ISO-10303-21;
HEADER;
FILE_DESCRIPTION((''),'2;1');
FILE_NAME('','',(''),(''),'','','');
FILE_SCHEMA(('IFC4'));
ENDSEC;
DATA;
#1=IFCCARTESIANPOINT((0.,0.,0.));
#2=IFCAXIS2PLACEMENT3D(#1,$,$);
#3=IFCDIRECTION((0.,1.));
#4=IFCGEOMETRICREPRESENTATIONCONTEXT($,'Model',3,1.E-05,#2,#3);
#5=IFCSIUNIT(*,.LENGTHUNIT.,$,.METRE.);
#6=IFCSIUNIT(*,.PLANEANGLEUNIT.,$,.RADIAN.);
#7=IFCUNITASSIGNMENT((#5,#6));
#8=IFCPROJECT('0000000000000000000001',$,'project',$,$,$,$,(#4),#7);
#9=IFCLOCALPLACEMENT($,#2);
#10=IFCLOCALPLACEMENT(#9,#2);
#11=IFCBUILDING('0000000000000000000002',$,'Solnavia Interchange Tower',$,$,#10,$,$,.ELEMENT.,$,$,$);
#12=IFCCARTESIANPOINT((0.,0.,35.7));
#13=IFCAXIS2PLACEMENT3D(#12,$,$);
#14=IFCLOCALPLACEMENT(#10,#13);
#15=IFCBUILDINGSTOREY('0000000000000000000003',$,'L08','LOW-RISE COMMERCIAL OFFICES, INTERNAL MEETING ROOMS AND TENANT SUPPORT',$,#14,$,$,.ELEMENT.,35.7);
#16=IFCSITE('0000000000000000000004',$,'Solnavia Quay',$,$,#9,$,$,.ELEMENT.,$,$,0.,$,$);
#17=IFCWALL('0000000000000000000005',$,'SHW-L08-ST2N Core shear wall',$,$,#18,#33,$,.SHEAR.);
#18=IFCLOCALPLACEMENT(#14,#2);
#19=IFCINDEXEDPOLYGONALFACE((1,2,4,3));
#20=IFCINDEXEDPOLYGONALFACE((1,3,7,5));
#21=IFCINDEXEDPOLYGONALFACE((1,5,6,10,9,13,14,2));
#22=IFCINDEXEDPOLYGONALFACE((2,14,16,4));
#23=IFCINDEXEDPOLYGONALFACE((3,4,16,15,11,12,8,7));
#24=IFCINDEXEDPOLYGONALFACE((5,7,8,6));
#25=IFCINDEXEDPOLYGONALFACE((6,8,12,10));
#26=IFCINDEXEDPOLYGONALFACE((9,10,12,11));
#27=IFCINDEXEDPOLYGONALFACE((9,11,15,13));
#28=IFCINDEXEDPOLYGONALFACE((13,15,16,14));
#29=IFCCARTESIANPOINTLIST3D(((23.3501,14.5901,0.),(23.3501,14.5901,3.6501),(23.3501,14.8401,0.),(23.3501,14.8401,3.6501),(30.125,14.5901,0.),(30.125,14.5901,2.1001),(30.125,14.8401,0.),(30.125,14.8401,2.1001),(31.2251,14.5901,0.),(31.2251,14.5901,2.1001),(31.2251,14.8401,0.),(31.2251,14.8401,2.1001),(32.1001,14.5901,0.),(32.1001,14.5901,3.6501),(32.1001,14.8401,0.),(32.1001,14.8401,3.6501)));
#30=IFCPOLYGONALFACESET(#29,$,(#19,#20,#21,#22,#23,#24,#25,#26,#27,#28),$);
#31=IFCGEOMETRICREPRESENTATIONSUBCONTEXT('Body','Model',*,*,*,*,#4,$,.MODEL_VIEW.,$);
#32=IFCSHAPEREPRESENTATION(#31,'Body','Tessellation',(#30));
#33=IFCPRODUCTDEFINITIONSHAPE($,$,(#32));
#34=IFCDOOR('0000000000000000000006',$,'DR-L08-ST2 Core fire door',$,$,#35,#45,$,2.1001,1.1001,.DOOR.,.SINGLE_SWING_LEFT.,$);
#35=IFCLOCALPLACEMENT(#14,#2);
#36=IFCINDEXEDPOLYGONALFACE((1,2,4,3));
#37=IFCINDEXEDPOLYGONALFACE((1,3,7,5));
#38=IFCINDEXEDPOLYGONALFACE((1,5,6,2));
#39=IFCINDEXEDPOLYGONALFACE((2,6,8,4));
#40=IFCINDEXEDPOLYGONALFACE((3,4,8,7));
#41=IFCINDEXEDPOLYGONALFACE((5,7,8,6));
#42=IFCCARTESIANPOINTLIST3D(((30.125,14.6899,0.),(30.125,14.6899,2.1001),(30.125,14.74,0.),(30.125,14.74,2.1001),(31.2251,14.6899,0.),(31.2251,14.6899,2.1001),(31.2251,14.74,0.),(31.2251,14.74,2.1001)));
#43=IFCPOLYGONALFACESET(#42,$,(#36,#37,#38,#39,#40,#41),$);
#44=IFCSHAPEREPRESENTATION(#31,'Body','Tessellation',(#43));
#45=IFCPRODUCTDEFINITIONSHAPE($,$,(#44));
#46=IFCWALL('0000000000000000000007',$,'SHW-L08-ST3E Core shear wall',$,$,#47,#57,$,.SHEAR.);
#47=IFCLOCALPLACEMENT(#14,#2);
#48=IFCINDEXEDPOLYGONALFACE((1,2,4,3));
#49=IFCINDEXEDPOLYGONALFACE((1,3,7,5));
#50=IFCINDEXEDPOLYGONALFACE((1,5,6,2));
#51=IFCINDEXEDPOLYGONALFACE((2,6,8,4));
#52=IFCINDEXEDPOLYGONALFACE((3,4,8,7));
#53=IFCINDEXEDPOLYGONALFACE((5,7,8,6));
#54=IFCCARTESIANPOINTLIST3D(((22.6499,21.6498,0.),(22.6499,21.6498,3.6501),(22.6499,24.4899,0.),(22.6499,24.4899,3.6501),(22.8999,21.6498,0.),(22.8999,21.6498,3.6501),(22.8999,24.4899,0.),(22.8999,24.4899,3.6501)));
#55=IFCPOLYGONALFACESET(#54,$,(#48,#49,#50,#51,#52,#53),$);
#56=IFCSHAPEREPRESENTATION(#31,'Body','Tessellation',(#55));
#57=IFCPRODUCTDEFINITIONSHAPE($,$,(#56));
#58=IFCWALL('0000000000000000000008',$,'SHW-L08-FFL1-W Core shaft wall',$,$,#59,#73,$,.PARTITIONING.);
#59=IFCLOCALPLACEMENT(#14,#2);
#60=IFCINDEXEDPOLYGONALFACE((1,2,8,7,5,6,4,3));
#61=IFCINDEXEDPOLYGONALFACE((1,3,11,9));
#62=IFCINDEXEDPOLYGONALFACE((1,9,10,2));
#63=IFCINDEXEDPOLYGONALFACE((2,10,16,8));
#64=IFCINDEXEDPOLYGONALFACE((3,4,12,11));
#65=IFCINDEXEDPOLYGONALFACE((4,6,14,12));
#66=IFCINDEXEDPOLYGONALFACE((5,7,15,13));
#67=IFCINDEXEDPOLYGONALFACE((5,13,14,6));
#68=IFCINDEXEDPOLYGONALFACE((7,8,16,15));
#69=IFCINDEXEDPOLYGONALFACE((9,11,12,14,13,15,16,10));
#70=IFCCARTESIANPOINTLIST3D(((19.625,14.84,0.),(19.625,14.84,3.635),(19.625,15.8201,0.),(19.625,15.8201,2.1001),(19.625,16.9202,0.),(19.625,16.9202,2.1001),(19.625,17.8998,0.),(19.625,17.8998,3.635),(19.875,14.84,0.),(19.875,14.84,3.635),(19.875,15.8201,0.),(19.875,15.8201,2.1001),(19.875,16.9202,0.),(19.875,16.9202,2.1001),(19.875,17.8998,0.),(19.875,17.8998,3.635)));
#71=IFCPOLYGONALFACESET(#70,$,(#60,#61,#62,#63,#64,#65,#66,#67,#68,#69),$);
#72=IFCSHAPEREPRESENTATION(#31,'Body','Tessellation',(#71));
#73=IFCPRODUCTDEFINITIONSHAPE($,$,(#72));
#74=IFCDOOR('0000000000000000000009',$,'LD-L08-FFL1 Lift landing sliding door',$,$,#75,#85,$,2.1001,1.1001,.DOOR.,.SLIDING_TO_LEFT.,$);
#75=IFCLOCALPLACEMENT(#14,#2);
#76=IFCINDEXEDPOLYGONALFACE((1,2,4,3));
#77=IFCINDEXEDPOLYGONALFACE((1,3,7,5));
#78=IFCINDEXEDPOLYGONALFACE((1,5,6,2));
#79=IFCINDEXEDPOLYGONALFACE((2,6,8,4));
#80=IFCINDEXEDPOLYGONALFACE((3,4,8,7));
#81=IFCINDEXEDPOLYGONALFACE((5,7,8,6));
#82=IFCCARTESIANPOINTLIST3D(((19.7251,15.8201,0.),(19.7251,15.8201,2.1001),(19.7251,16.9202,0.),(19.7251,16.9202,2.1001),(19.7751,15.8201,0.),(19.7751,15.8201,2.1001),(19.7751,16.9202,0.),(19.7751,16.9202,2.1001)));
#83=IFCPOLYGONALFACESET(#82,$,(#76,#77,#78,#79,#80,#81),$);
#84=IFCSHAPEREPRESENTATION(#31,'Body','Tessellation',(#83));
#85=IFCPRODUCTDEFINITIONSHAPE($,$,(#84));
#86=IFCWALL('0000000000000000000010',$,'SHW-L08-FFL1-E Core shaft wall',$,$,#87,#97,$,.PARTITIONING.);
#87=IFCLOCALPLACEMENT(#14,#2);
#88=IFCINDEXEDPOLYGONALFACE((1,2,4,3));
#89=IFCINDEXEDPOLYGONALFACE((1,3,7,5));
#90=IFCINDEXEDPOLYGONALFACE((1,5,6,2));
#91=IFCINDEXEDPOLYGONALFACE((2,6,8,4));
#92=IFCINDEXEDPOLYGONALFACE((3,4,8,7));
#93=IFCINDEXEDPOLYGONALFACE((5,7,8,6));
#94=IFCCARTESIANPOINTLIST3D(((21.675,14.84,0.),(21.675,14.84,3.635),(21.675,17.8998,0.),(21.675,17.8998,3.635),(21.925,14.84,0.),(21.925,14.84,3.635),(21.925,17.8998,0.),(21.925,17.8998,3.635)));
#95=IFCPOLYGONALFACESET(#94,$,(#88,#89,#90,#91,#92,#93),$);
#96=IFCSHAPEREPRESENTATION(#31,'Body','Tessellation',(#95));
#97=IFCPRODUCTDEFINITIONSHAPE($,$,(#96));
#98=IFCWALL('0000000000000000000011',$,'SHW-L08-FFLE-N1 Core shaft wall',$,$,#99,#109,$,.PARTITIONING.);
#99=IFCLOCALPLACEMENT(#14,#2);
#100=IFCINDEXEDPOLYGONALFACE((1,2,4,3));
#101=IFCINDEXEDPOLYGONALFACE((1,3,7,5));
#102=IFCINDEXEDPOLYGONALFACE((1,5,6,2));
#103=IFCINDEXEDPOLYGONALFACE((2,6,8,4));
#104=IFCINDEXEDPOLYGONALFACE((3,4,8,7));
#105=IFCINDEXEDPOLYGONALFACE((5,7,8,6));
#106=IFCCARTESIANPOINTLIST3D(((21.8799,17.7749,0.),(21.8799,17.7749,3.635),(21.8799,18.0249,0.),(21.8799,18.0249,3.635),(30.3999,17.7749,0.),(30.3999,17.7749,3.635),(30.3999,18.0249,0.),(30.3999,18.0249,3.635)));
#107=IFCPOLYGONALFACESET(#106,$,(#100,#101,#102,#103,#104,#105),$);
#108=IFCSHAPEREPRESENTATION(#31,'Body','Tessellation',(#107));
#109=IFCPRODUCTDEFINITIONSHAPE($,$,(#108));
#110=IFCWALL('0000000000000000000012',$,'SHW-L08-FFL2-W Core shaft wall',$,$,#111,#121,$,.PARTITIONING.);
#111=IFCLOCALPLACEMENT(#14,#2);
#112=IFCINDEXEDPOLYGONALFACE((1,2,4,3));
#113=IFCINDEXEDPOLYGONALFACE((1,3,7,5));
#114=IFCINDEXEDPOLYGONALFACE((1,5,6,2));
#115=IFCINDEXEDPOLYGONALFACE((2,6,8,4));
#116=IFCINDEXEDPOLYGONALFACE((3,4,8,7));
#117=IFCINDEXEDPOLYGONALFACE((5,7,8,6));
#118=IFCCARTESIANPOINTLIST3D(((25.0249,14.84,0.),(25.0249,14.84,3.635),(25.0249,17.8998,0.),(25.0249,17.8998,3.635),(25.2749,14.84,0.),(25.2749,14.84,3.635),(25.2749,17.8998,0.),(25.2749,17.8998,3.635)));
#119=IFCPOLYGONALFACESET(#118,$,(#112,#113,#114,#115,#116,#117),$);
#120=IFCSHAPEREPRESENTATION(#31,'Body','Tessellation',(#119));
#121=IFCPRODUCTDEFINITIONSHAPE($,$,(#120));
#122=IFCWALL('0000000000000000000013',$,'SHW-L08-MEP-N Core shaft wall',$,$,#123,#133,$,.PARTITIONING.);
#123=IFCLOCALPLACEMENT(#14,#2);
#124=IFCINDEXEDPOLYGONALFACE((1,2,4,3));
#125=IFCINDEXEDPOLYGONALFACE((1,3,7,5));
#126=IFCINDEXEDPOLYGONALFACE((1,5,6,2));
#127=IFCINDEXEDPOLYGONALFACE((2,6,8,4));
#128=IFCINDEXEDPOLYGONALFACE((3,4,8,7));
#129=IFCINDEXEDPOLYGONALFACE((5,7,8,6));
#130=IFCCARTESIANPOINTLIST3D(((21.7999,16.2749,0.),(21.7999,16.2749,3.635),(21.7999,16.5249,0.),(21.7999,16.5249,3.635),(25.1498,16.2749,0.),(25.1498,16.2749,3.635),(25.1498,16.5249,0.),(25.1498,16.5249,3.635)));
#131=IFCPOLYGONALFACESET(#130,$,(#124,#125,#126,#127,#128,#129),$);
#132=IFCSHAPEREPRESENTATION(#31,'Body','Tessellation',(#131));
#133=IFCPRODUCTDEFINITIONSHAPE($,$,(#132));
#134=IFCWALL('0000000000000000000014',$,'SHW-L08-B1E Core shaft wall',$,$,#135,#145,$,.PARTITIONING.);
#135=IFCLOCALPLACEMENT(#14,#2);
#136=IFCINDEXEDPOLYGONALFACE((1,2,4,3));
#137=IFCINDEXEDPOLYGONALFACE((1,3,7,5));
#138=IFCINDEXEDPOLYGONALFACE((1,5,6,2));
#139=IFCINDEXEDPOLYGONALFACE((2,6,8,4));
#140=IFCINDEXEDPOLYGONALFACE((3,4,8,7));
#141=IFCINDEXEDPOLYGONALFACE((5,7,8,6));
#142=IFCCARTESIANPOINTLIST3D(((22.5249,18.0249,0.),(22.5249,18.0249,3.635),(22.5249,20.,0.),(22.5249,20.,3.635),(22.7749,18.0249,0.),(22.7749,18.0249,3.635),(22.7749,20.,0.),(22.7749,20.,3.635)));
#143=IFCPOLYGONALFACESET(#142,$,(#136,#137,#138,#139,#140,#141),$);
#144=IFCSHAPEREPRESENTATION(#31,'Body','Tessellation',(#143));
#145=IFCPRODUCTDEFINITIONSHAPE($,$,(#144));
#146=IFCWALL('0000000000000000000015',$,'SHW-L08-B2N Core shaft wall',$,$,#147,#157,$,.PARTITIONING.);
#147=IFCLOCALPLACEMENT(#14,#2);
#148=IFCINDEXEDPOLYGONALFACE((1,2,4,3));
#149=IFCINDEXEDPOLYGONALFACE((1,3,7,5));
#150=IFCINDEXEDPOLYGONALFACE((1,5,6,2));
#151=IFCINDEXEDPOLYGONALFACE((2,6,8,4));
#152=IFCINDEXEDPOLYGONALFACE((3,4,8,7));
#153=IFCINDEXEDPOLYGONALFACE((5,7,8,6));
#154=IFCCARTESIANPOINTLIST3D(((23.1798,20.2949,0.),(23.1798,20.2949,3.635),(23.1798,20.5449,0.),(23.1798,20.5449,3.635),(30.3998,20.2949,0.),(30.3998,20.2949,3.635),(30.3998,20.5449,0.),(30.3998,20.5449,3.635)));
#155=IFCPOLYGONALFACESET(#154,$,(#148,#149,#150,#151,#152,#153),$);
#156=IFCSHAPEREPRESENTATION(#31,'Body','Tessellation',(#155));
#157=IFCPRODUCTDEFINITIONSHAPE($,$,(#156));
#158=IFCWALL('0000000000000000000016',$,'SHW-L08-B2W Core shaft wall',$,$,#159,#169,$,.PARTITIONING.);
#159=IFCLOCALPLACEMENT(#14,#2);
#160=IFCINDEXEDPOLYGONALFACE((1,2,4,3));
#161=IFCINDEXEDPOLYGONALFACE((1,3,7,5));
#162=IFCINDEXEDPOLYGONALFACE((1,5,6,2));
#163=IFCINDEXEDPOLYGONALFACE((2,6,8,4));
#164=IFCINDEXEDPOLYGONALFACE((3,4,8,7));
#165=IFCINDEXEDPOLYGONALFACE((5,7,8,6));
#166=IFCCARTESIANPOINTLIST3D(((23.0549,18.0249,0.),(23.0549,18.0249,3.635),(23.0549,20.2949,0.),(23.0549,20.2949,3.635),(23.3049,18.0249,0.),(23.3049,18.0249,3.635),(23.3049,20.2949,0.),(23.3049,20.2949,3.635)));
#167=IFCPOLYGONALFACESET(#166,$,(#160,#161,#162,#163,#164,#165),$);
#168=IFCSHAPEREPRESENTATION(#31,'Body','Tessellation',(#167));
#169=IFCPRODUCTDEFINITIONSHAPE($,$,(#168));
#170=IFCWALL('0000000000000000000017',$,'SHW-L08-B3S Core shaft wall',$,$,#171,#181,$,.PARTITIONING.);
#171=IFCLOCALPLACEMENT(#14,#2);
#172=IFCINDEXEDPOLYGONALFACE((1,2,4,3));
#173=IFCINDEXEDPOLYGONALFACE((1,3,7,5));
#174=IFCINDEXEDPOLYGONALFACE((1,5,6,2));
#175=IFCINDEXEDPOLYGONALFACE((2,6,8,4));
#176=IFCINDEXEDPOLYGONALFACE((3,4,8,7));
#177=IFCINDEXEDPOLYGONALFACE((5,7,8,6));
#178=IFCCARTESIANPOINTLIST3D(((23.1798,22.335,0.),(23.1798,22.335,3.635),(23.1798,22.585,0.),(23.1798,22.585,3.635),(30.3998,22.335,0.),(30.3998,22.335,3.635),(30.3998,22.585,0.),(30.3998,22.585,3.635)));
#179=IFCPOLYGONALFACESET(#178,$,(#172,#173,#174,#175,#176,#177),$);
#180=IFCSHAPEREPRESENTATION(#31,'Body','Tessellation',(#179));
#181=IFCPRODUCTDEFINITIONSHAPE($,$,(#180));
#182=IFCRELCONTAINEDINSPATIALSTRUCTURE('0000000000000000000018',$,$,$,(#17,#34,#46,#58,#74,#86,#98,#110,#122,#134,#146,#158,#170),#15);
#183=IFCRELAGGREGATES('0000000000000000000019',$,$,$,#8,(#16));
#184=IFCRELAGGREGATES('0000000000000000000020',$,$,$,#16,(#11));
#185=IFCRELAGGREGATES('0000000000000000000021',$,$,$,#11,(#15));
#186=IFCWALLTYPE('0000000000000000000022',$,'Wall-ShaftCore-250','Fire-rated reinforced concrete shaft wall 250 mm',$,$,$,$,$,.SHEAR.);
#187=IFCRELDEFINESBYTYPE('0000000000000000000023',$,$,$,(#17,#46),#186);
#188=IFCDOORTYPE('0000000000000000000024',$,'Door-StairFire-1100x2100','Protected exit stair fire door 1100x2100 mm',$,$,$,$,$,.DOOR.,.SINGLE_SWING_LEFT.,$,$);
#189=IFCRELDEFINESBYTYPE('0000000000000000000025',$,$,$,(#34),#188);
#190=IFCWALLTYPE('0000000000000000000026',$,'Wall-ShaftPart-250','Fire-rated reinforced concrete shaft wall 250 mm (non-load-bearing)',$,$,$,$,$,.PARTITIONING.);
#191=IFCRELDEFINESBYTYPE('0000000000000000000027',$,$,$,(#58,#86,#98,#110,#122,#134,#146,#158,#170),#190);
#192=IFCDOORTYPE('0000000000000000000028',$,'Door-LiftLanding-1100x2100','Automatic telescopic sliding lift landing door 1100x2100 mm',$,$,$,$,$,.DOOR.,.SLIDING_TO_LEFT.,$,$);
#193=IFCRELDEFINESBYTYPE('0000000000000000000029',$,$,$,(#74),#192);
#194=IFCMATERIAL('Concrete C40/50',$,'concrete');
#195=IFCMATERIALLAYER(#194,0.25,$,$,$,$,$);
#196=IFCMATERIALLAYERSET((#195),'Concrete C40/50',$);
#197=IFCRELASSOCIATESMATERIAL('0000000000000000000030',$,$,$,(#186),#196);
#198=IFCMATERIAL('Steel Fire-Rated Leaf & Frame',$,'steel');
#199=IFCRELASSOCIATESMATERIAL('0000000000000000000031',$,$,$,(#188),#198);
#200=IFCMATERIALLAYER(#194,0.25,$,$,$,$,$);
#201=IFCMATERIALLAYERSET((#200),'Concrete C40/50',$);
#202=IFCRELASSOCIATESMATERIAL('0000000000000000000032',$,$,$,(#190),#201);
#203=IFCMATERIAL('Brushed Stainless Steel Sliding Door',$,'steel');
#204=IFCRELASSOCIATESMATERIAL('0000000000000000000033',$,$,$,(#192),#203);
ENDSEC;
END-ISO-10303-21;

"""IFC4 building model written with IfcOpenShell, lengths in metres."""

from ifc_helpers import new_model, si_unit, direction, frame, frame_2d, origin, place, context, subcontext, project, spatial, rectangle, extrude, material, layer, layer_set, type_object, element, fill, save


model = new_model("IFC4")

# Units and contexts
model_context = context("Model", 3, precision=1e-05, world=origin(), true_north=direction((0.0, 1.0)))
body_context = subcontext(model_context, "Body", "Model", "MODEL_VIEW")
ifc_project = project(units=[si_unit("LENGTHUNIT", "METRE"), si_unit("PLANEANGLEUNIT", "RADIAN")], contexts=[model_context])

# Site, building, storey
site_placement = place(None, origin())
site = spatial("IfcSite", under=ifc_project, at=site_placement, Name="Solnavia Quay", CompositionType="ELEMENT", RefElevation=0.0)
building_placement = place(site_placement, origin())
building = spatial("IfcBuilding", under=site, at=building_placement, Name="Solnavia Interchange Tower", CompositionType="ELEMENT")
storey_placement = place(building_placement, frame((0.0, 0.0, 35.7)))
storey = spatial("IfcBuildingStorey", under=building, at=storey_placement, Name="L08", Description="LOW-RISE COMMERCIAL OFFICES, INTERNAL MEETING ROOMS AND TENANT SUPPORT", CompositionType="ELEMENT", Elevation=35.7)

# Wall, opening, door
ifc_material_1 = material(Name="Concrete C40/50", Category="concrete")
ifc_layer_1 = layer(ifc_material_1, 0.25)
ifc_layer_set_1 = layer_set([ifc_layer_1], Name="Concrete C40/50")
wall_type_1 = type_object("IfcWallType", Name="Wall-ShaftCore-250", Description="Fire-rated reinforced concrete shaft wall 250 mm", PredefinedType="SHEAR", material=ifc_layer_set_1)
wall_1_placement = place(storey_placement, frame((23.3501, 14.7151, 0.0), z_axis=(0.0, 0.0, 1.0), x_axis=(1.0, 0.0, 0.0)))
wall_1 = element("IfcWall", 1, at=wall_1_placement, inside=storey, type_object=wall_type_1, Name="SHW-L08-ST2N Core shear wall", PredefinedType="SHEAR", context=body_context, shape_type="SweptSolid", body=[
    extrude(rectangle(XDim=8.75, YDim=0.25, at=frame_2d((4.375, 0.0))), origin(), (0.0, 0.0, 1.0), 3.6501),
])
opening_1_placement = place(wall_1_placement, frame((6.7749, 0.0, 0.0)))
opening_1 = element("IfcOpeningElement", 2, at=opening_1_placement, cuts=wall_1, PredefinedType="OPENING", context=body_context, shape_type="SweptSolid", body=[
    extrude(rectangle(XDim=1.1001, YDim=2.1001, at=frame_2d((0.55, 1.05))), frame((0.0, 0.135, 0.0), z_axis=(0.0, -1.0, 0.0), x_axis=(1.0, 0.0, 0.0)), (0.0, 0.0, 1.0), 0.27),
])
ifc_material_2 = material(Name="Steel Fire-Rated Leaf & Frame", Category="steel")
door_type_1 = type_object("IfcDoorType", Name="Door-StairFire-1100x2100", Description="Protected exit stair fire door 1100x2100 mm", OperationType="SINGLE_SWING_LEFT", PredefinedType="DOOR", material=ifc_material_2)
door_1_placement = place(opening_1_placement, origin())
door_1 = element("IfcDoor", 3, at=door_1_placement, inside=storey, type_object=door_type_1, Name="DR-L08-ST2 Core fire door", OperationType="SINGLE_SWING_LEFT", OverallHeight=2.1001, OverallWidth=1.1001, PredefinedType="DOOR", context=body_context, shape_type="SweptSolid", body=[
    extrude(rectangle(XDim=1.1001, YDim=2.1001, at=frame_2d((0.55, 1.05))), frame((0.0, 0.0249, 0.0), z_axis=(0.0, -1.0, 0.0), x_axis=(1.0, 0.0, 0.0)), (0.0, 0.0, 1.0), 0.05),
])
fill(opening_1, door_1)

# Wall
wall_2_placement = place(storey_placement, frame((22.7749, 21.6499, 0.0), z_axis=(0.0, 0.0, 1.0), x_axis=(0.0, 1.0, 0.0)))
element("IfcWall", 4, at=wall_2_placement, inside=storey, type_object=wall_type_1, Name="SHW-L08-ST3E Core shear wall", PredefinedType="SHEAR", context=body_context, shape_type="SweptSolid", body=[
    extrude(rectangle(XDim=2.8401, YDim=0.25, at=frame_2d((1.4199, 0.0))), origin(), (0.0, 0.0, 1.0), 3.6501),
])

# Wall, opening, door
ifc_layer_2 = layer(ifc_material_1, 0.25)
ifc_layer_set_2 = layer_set([ifc_layer_2], Name="Concrete C40/50")
wall_type_2 = type_object("IfcWallType", Name="Wall-ShaftPart-250", Description="Fire-rated reinforced concrete shaft wall 250 mm (non-load-bearing)", PredefinedType="PARTITIONING", material=ifc_layer_set_2)
wall_3_placement = place(storey_placement, frame((19.75, 14.8401, 0.0), z_axis=(0.0, 0.0, 1.0), x_axis=(0.0, 1.0, 0.0)))
wall_3 = element("IfcWall", 5, at=wall_3_placement, inside=storey, type_object=wall_type_2, Name="SHW-L08-FFL1-W Core shaft wall", PredefinedType="PARTITIONING", context=body_context, shape_type="SweptSolid", body=[
    extrude(rectangle(XDim=3.0598, YDim=0.25, at=frame_2d((1.5298, 0.0))), origin(), (0.0, 0.0, 1.0), 3.635),
])
opening_2_placement = place(wall_3_placement, frame((0.98, 0.0, 0.0)))
opening_2 = element("IfcOpeningElement", 6, at=opening_2_placement, cuts=wall_3, PredefinedType="OPENING", context=body_context, shape_type="SweptSolid", body=[
    extrude(rectangle(XDim=1.1001, YDim=2.1001, at=frame_2d((0.55, 1.05))), frame((0.0, 0.135, 0.0), z_axis=(0.0, -1.0, 0.0), x_axis=(1.0, 0.0, 0.0)), (0.0, 0.0, 1.0), 0.27),
])
ifc_material_3 = material(Name="Brushed Stainless Steel Sliding Door", Category="steel")
door_type_2 = type_object("IfcDoorType", Name="Door-LiftLanding-1100x2100", Description="Automatic telescopic sliding lift landing door 1100x2100 mm", OperationType="SLIDING_TO_LEFT", PredefinedType="DOOR", material=ifc_material_3)
door_2_placement = place(opening_2_placement, origin())
door_2 = element("IfcDoor", 7, at=door_2_placement, inside=storey, type_object=door_type_2, Name="LD-L08-FFL1 Lift landing sliding door", OperationType="SLIDING_TO_LEFT", OverallHeight=2.1001, OverallWidth=1.1001, PredefinedType="DOOR", context=body_context, shape_type="SweptSolid", body=[
    extrude(rectangle(XDim=1.1001, YDim=2.1001, at=frame_2d((0.55, 1.05))), frame((0.0, 0.0249, 0.0), z_axis=(0.0, -1.0, 0.0), x_axis=(1.0, 0.0, 0.0)), (0.0, 0.0, 1.0), 0.05),
])
fill(opening_2, door_2)

# Walls
wall_4_placement = place(storey_placement, frame((21.8, 14.8401, 0.0), z_axis=(0.0, 0.0, 1.0), x_axis=(0.0, 1.0, 0.0)))
element("IfcWall", 8, at=wall_4_placement, inside=storey, type_object=wall_type_2, Name="SHW-L08-FFL1-E Core shaft wall", PredefinedType="PARTITIONING", context=body_context, shape_type="SweptSolid", body=[
    extrude(rectangle(XDim=3.0598, YDim=0.25, at=frame_2d((1.5298, 0.0))), origin(), (0.0, 0.0, 1.0), 3.635),
])
wall_5_placement = place(storey_placement, frame((21.8799, 17.8999, 0.0), z_axis=(0.0, 0.0, 1.0), x_axis=(1.0, 0.0, 0.0)))
element("IfcWall", 9, at=wall_5_placement, inside=storey, type_object=wall_type_2, Name="SHW-L08-FFLE-N1 Core shaft wall", PredefinedType="PARTITIONING", context=body_context, shape_type="SweptSolid", body=[
    extrude(rectangle(XDim=8.52, YDim=0.25, at=frame_2d((4.26, 0.0))), origin(), (0.0, 0.0, 1.0), 3.635),
])
wall_6_placement = place(storey_placement, frame((25.1499, 14.8401, 0.0), z_axis=(0.0, 0.0, 1.0), x_axis=(0.0, 1.0, 0.0)))
element("IfcWall", 10, at=wall_6_placement, inside=storey, type_object=wall_type_2, Name="SHW-L08-FFL2-W Core shaft wall", PredefinedType="PARTITIONING", context=body_context, shape_type="SweptSolid", body=[
    extrude(rectangle(XDim=3.0598, YDim=0.25, at=frame_2d((1.5298, 0.0))), origin(), (0.0, 0.0, 1.0), 3.635),
])
wall_7_placement = place(storey_placement, frame((21.8, 16.3999, 0.0), z_axis=(0.0, 0.0, 1.0), x_axis=(1.0, 0.0, 0.0)))
element("IfcWall", 11, at=wall_7_placement, inside=storey, type_object=wall_type_2, Name="SHW-L08-MEP-N Core shaft wall", PredefinedType="PARTITIONING", context=body_context, shape_type="SweptSolid", body=[
    extrude(rectangle(XDim=3.3499, YDim=0.25, at=frame_2d((1.6748, 0.0))), origin(), (0.0, 0.0, 1.0), 3.635),
])
wall_8_placement = place(storey_placement, frame((22.6499, 18.0249, 0.0), z_axis=(0.0, 0.0, 1.0), x_axis=(0.0, 1.0, 0.0)))
element("IfcWall", 12, at=wall_8_placement, inside=storey, type_object=wall_type_2, Name="SHW-L08-B1E Core shaft wall", PredefinedType="PARTITIONING", context=body_context, shape_type="SweptSolid", body=[
    extrude(rectangle(XDim=1.9751, YDim=0.25, at=frame_2d((0.9875, 0.0))), origin(), (0.0, 0.0, 1.0), 3.635),
])
wall_9_placement = place(storey_placement, frame((23.1799, 20.4199, 0.0), z_axis=(0.0, 0.0, 1.0), x_axis=(1.0, 0.0, 0.0)))
element("IfcWall", 13, at=wall_9_placement, inside=storey, type_object=wall_type_2, Name="SHW-L08-B2N Core shaft wall", PredefinedType="PARTITIONING", context=body_context, shape_type="SweptSolid", body=[
    extrude(rectangle(XDim=7.22, YDim=0.25, at=frame_2d((3.6099, 0.0))), origin(), (0.0, 0.0, 1.0), 3.635),
])
wall_10_placement = place(storey_placement, frame((23.1799, 18.0249, 0.0), z_axis=(0.0, 0.0, 1.0), x_axis=(0.0, 1.0, 0.0)))
element("IfcWall", 14, at=wall_10_placement, inside=storey, type_object=wall_type_2, Name="SHW-L08-B2W Core shaft wall", PredefinedType="PARTITIONING", context=body_context, shape_type="SweptSolid", body=[
    extrude(rectangle(XDim=2.27, YDim=0.25, at=frame_2d((1.135, 0.0))), origin(), (0.0, 0.0, 1.0), 3.635),
])
wall_11_placement = place(storey_placement, frame((23.1799, 22.46, 0.0), z_axis=(0.0, 0.0, 1.0), x_axis=(1.0, 0.0, 0.0)))
element("IfcWall", 15, at=wall_11_placement, inside=storey, type_object=wall_type_2, Name="SHW-L08-B3S Core shaft wall", PredefinedType="PARTITIONING", context=body_context, shape_type="SweptSolid", body=[
    extrude(rectangle(XDim=7.22, YDim=0.25, at=frame_2d((3.6099, 0.0))), origin(), (0.0, 0.0, 1.0), 3.635),
])

save(model, "model.ifc")
